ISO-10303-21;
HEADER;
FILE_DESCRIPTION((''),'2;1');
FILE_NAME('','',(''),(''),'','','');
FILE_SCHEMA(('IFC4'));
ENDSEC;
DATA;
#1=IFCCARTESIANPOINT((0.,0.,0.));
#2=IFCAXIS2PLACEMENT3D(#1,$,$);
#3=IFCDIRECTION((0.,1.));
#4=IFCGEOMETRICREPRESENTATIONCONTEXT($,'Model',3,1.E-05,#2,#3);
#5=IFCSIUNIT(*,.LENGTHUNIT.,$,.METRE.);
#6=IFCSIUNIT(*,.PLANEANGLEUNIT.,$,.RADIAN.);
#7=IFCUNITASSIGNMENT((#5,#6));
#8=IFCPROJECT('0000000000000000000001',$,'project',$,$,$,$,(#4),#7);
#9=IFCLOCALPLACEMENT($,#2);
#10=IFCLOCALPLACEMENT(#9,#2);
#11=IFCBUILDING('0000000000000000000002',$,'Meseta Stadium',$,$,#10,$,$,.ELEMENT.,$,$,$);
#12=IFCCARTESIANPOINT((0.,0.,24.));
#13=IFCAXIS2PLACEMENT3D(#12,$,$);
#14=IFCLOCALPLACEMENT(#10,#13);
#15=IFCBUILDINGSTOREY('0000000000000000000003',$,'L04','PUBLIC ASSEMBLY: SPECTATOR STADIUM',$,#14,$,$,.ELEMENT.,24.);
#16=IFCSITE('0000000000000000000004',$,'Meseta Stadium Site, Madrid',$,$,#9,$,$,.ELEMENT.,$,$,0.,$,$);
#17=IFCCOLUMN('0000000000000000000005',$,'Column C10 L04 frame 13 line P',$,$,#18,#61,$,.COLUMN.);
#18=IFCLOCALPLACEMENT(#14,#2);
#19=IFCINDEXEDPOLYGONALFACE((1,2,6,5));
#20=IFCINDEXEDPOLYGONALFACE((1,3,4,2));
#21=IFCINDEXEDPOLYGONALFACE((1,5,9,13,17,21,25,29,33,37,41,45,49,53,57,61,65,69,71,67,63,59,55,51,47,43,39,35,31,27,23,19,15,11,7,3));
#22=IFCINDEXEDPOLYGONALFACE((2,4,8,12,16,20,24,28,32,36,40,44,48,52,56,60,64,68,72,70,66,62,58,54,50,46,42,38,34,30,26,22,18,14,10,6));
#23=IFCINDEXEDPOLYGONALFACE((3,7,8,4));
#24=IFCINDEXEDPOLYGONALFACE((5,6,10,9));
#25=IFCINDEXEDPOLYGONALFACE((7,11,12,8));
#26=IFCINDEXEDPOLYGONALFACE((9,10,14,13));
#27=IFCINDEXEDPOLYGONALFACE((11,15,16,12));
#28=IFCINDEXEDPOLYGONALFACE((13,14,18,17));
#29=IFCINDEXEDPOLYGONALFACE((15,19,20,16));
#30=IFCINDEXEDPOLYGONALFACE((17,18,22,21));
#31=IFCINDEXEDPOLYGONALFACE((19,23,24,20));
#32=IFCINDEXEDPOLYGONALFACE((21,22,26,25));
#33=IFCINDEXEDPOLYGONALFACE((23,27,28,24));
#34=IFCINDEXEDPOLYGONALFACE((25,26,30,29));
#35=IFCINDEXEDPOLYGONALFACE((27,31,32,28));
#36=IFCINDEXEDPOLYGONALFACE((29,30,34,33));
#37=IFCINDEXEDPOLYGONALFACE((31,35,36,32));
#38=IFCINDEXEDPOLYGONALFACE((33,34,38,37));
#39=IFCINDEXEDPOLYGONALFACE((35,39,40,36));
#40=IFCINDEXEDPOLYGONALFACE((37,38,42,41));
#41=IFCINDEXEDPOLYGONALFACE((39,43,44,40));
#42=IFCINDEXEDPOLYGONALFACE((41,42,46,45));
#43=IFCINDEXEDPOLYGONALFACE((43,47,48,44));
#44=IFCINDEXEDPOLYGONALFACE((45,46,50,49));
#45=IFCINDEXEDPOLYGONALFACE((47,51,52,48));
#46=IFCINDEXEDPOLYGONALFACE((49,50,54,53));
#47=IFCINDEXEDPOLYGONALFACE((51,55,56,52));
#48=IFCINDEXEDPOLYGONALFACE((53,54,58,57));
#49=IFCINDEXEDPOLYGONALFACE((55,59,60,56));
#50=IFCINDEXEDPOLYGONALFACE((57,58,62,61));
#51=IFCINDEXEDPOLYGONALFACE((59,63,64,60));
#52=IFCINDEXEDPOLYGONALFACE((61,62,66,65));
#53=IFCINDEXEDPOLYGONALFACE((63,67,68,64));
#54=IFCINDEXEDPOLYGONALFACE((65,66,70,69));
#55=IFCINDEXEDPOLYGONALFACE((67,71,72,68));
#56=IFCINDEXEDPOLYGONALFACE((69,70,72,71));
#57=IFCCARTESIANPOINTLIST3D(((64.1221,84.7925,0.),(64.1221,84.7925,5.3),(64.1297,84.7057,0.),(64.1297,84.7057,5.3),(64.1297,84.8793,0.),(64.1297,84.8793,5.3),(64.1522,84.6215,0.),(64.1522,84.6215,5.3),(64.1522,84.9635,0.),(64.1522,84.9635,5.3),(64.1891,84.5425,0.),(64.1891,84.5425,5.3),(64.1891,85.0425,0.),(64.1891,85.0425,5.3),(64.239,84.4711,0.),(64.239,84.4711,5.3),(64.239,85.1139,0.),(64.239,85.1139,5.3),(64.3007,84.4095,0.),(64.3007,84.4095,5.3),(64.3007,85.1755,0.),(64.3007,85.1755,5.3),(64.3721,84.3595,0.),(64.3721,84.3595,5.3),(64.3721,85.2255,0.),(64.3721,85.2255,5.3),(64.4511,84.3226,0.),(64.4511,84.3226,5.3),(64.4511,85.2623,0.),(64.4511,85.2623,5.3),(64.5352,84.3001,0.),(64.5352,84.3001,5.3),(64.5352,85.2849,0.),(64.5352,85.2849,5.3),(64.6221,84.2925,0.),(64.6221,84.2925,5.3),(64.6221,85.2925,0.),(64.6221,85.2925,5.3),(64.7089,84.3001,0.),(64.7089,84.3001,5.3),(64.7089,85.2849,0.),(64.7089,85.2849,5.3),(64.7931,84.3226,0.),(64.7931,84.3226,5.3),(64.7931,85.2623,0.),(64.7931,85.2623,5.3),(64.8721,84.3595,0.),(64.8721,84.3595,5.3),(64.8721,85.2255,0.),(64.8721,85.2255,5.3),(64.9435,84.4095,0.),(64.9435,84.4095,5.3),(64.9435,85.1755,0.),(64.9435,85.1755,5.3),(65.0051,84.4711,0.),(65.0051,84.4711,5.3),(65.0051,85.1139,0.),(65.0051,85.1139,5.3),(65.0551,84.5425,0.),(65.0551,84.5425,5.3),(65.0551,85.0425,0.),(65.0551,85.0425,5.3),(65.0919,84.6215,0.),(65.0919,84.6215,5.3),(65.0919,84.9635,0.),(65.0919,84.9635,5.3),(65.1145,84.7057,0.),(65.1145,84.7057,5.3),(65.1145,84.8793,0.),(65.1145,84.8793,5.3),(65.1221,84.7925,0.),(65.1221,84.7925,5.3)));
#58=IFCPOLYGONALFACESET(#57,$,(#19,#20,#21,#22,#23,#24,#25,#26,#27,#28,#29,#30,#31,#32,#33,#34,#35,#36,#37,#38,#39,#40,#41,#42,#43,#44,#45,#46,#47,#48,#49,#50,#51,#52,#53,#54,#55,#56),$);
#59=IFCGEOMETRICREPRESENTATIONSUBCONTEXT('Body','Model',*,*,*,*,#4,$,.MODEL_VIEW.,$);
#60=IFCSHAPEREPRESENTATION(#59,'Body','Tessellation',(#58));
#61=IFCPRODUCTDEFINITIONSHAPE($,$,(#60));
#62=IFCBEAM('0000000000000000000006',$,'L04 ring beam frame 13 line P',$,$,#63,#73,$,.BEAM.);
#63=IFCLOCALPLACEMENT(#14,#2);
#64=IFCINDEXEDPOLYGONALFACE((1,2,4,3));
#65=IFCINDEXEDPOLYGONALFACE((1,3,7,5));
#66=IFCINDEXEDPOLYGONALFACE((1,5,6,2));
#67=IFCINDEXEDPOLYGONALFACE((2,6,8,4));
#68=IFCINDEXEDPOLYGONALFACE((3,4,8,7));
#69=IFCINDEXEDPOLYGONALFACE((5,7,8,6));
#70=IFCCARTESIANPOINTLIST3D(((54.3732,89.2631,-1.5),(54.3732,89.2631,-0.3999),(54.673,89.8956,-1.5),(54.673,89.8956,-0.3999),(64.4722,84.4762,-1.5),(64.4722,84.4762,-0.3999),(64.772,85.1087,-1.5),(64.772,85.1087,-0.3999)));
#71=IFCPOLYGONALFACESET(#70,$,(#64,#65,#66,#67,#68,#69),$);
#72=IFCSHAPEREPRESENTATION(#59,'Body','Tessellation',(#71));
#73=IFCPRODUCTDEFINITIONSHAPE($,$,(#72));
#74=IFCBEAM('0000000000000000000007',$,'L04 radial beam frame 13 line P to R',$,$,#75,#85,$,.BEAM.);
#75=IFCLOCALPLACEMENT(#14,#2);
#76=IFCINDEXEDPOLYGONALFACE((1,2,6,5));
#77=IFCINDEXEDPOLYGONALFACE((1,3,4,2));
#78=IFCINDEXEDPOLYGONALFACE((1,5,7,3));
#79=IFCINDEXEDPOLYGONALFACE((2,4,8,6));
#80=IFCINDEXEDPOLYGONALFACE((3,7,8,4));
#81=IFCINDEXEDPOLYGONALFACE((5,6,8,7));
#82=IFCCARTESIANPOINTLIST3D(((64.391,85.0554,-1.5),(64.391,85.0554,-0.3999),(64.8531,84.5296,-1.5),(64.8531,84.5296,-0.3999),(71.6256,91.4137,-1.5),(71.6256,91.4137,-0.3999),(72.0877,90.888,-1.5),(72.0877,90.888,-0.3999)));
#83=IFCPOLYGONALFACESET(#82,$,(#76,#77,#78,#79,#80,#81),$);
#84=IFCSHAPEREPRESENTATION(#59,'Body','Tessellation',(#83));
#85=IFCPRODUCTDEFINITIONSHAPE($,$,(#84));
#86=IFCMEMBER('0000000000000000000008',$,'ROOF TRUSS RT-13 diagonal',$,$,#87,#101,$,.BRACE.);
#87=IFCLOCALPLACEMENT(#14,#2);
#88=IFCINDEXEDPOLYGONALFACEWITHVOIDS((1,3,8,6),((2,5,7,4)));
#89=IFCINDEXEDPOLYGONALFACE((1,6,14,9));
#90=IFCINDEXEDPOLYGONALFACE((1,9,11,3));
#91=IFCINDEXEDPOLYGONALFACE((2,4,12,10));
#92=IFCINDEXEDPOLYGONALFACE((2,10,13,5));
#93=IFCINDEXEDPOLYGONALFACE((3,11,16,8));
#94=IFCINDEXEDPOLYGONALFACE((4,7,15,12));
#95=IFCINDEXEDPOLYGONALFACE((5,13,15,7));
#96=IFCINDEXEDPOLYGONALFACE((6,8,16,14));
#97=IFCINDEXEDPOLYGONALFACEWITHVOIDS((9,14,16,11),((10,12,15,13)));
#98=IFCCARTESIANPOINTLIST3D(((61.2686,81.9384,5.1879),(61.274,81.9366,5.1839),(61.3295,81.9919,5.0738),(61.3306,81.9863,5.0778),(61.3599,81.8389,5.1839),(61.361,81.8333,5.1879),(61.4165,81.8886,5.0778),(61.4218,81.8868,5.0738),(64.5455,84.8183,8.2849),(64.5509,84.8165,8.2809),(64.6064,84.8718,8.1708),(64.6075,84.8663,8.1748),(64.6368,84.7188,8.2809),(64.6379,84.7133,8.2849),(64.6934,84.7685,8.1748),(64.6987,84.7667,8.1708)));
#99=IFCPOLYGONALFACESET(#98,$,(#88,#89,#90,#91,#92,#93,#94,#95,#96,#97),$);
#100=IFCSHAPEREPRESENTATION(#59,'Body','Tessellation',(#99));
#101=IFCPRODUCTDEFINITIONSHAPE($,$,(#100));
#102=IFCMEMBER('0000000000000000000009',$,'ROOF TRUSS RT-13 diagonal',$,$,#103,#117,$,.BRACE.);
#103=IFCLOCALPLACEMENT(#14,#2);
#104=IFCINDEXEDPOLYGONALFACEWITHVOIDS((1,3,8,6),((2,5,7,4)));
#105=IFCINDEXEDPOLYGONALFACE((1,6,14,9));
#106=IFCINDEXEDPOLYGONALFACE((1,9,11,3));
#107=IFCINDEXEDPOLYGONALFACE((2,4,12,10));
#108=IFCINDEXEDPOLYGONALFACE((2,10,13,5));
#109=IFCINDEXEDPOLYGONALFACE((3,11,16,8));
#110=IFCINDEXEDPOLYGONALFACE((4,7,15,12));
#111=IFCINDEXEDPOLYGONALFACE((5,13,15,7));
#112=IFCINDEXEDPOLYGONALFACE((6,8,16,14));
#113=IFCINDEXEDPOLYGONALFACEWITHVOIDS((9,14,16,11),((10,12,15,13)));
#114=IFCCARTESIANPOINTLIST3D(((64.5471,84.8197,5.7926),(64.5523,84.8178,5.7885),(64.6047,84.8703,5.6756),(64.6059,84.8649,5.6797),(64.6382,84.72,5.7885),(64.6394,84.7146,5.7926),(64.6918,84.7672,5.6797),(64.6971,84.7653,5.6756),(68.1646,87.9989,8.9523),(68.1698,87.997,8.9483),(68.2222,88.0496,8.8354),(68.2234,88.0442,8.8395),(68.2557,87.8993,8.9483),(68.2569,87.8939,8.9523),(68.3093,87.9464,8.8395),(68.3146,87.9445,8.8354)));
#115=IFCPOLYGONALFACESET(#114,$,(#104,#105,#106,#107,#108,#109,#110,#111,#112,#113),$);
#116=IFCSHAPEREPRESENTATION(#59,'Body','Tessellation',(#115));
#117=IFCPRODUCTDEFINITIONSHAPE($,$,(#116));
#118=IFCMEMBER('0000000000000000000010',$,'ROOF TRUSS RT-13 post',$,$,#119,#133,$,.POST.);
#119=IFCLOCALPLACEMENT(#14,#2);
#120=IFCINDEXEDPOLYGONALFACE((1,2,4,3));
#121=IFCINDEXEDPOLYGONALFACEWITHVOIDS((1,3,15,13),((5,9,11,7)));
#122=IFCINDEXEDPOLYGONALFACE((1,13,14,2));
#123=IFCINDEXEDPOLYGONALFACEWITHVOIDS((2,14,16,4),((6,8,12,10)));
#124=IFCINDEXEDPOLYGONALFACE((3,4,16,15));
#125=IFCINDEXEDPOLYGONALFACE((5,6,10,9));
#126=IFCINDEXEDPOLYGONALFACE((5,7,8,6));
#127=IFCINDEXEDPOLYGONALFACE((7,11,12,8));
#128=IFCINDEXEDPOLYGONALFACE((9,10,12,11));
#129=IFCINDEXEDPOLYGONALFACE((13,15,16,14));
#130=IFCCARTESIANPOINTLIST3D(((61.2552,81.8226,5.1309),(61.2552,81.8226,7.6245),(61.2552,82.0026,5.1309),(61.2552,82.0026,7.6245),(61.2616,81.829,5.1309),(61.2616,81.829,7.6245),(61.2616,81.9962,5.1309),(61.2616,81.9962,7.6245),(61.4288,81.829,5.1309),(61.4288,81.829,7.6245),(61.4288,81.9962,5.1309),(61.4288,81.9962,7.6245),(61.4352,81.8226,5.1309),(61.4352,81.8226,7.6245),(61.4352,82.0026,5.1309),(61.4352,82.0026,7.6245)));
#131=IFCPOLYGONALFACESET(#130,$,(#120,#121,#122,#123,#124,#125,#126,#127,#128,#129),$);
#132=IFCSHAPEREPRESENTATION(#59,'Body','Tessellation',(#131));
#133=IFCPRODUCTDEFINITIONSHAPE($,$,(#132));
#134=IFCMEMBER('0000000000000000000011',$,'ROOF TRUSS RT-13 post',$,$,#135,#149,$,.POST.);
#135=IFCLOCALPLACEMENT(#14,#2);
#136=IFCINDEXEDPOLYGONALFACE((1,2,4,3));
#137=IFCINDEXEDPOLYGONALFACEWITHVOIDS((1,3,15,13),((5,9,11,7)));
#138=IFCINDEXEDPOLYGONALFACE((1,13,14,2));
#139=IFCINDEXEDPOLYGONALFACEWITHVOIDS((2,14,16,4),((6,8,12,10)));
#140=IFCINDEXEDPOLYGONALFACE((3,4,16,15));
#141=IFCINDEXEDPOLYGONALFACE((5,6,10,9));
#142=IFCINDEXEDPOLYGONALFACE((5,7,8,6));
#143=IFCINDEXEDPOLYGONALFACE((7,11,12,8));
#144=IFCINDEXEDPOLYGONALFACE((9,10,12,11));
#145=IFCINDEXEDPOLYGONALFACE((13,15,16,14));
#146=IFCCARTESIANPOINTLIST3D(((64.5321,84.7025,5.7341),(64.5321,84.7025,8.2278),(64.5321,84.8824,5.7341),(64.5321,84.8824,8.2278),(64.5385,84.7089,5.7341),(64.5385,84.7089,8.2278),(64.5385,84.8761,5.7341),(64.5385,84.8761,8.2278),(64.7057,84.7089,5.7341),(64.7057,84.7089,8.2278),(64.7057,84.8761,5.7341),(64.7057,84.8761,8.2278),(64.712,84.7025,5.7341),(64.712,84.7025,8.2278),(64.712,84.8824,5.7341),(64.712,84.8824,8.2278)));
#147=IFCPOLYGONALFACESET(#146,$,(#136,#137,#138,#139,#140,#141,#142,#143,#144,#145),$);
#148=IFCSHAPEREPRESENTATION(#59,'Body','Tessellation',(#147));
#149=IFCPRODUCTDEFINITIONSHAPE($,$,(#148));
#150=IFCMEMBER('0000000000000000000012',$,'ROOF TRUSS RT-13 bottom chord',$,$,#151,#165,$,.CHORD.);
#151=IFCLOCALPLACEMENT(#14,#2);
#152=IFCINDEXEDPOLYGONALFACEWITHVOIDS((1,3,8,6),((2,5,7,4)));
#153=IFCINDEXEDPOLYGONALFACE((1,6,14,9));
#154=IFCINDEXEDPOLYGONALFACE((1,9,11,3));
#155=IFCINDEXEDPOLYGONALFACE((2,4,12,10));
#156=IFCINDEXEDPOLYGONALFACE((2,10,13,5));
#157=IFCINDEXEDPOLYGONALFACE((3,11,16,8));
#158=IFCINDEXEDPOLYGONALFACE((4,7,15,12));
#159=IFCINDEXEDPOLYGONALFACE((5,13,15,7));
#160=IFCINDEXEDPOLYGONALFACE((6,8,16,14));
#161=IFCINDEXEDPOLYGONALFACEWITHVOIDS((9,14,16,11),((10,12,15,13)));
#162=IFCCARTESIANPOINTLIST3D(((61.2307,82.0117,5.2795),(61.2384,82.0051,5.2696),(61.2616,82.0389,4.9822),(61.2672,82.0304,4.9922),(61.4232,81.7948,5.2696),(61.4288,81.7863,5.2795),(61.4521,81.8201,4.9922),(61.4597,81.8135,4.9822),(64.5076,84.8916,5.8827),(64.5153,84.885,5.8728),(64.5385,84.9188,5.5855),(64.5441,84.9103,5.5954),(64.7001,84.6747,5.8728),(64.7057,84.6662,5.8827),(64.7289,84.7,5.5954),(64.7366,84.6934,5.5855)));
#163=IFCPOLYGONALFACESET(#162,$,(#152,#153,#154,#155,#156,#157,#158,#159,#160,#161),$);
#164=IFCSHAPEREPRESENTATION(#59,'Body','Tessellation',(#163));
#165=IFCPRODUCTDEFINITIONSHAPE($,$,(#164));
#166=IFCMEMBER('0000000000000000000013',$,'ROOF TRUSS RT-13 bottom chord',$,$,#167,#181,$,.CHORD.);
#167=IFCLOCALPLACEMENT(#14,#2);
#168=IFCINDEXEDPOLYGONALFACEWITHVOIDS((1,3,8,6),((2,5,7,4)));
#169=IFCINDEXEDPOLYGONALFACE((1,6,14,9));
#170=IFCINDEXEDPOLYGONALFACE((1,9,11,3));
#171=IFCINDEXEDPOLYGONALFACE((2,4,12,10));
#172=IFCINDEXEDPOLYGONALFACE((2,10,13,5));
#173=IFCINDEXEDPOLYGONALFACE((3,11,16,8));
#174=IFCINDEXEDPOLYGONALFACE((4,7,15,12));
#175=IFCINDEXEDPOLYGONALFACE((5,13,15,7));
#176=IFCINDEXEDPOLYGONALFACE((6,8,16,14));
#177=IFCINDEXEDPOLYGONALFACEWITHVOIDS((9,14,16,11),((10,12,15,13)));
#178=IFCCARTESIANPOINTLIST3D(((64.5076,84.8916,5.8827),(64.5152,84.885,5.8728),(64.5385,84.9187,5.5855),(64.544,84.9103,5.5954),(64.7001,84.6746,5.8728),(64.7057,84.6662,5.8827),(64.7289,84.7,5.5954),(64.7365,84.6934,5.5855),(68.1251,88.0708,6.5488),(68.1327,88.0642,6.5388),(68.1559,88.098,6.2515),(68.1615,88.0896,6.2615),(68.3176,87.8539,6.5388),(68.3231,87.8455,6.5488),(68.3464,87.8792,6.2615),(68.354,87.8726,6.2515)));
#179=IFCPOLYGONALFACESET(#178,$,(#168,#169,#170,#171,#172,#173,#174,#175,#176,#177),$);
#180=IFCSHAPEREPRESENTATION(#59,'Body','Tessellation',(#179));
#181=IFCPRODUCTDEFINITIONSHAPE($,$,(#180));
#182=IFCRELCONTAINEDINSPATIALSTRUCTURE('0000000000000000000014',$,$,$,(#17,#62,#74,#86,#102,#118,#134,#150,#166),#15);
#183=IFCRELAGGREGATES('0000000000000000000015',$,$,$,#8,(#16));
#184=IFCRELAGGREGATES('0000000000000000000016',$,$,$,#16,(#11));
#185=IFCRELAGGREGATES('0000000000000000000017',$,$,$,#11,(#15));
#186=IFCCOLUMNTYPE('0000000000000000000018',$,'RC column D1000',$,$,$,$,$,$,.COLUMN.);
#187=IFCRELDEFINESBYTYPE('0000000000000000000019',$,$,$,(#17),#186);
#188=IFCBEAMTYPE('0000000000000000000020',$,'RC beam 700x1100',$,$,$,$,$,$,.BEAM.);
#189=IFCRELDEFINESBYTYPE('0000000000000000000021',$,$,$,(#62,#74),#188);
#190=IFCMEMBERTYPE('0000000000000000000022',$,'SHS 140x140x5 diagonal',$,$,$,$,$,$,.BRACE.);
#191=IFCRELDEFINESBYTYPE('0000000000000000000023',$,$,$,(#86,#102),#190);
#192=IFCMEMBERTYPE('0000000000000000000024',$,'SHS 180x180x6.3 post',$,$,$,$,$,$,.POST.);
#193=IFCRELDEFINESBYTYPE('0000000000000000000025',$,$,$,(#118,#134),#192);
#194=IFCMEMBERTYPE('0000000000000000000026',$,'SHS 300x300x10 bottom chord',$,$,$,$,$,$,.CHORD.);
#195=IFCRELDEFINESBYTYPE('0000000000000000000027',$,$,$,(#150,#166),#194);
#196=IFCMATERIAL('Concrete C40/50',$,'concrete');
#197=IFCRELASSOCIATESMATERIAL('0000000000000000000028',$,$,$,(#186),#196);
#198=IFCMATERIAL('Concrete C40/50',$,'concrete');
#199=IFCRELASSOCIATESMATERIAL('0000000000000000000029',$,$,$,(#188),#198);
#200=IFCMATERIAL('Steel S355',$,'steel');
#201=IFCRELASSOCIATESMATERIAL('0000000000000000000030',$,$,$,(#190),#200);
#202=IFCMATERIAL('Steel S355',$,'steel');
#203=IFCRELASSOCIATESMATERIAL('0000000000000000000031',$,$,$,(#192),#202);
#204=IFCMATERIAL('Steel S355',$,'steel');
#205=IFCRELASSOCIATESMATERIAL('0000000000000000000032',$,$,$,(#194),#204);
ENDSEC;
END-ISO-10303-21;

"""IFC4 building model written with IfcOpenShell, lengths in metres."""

from ifc_helpers import new_model, si_unit, direction, frame, origin, origin_2d, place, context, subcontext, project, spatial, rectangle, hollow_rectangle, circle, extrude, material, material_profile, profile_set, type_object, element, save


model = new_model("IFC4")

# Units and contexts
model_context = context("Model", 3, precision=1e-05, world=origin(), true_north=direction((0.0, 1.0)))
body_context = subcontext(model_context, "Body", "Model", "MODEL_VIEW")
ifc_project = project(units=[si_unit("LENGTHUNIT", "METRE"), si_unit("PLANEANGLEUNIT", "RADIAN")], contexts=[model_context])

# Site, building, storey
site_placement = place(None, origin())
site = spatial("IfcSite", under=ifc_project, at=site_placement, Name="Meseta Stadium Site, Madrid", CompositionType="ELEMENT", RefElevation=0.0)
building_placement = place(site_placement, origin())
building = spatial("IfcBuilding", under=site, at=building_placement, Name="Meseta Stadium", CompositionType="ELEMENT")
storey_placement = place(building_placement, frame((0.0, 0.0, 24.0)))
storey = spatial("IfcBuildingStorey", under=building, at=storey_placement, Name="L04", Description="PUBLIC ASSEMBLY: SPECTATOR STADIUM", CompositionType="ELEMENT", Elevation=24.0)

# Column
ifc_material_1 = material(Name="Concrete C40/50", Category="concrete")
ifc_material_profile_1 = material_profile(ifc_material_1, circle(Radius=0.5, at=origin_2d()), Name="RC D1000")
ifc_profile_set_1 = profile_set([ifc_material_profile_1], Name="Concrete C40/50")
column_type = type_object("IfcColumnType", Name="RC column D1000", PredefinedType="COLUMN", material=ifc_profile_set_1)
column_placement = place(storey_placement, frame((64.6221, 84.7925, 0.0), z_axis=(0.0, 0.0, 1.0), x_axis=(1.0, 0.0, 0.0)))
element("IfcColumn", 1, at=column_placement, inside=storey, type_object=column_type, Name="Column C10 L04 frame 13 line P", PredefinedType="COLUMN", context=body_context, shape_type="SweptSolid", body=[
    extrude(circle(Radius=0.5, at=origin_2d()), origin(), (0.0, 0.0, 1.0), 5.3),
])

# Beams
ifc_material_2 = material(Name="Concrete C40/50", Category="concrete")
ifc_material_profile_2 = material_profile(ifc_material_2, rectangle(XDim=0.7, YDim=1.1001, at=origin_2d()), Name="RC 700x1100")
ifc_profile_set_2 = profile_set([ifc_material_profile_2], Name="Concrete C40/50")
beam_type = type_object("IfcBeamType", Name="RC beam 700x1100", PredefinedType="BEAM", material=ifc_profile_set_2)
beam_1_placement = place(storey_placement, frame((64.6221, 84.7925, -0.95), z_axis=(-0.903627, 0.428319, 0.0), x_axis=(-0.428319, -0.903627, 0.0)))
element("IfcBeam", 2, at=beam_1_placement, inside=storey, type_object=beam_type, Name="L04 ring beam frame 13 line P", PredefinedType="BEAM", context=body_context, shape_type="SweptSolid", body=[
    extrude(rectangle(XDim=0.7, YDim=1.1001, at=origin_2d()), origin(), (0.0, 0.0, 1.0), 11.176),
])
beam_2_placement = place(storey_placement, frame((64.6221, 84.7925, -0.95), z_axis=(0.751129, 0.660156, 0.0), x_axis=(-0.660156, 0.751129, 0.0)))
element("IfcBeam", 3, at=beam_2_placement, inside=storey, type_object=beam_type, Name="L04 radial beam frame 13 line P to R", PredefinedType="BEAM", context=body_context, shape_type="SweptSolid", body=[
    extrude(rectangle(XDim=0.7, YDim=1.1001, at=origin_2d()), origin(), (0.0, 0.0, 1.0), 9.6316),
])

# Members
ifc_material_3 = material(Name="Steel S355", Category="steel")
ifc_material_profile_3 = material_profile(ifc_material_3, hollow_rectangle(XDim=0.1399, YDim=0.1399, WallThickness=0.0049, at=origin_2d()), Name="SHS 140x140x5")
ifc_profile_set_3 = profile_set([ifc_material_profile_3], Name="Steel S355")
member_type_1 = type_object("IfcMemberType", Name="SHS 140x140x5 diagonal", PredefinedType="BRACE", material=ifc_profile_set_3)
member_1_placement = place(storey_placement, frame((61.3452, 81.9126, 5.1309), z_axis=(0.612497, 0.538296, 0.578865), x_axis=(-0.660143, 0.75114, 0.0)))
element("IfcMember", 4, at=member_1_placement, inside=storey, type_object=member_type_1, Name="ROOF TRUSS RT-13 diagonal", PredefinedType="BRACE", context=body_context, shape_type="SweptSolid", body=[
    extrude(hollow_rectangle(XDim=0.1399, YDim=0.1399, WallThickness=0.0049, at=origin_2d()), origin(), (0.0, 0.0, 1.0), 5.3501),
])
member_2_placement = place(storey_placement, frame((64.6221, 84.7925, 5.7341), z_axis=(0.628036, 0.551952, 0.548562), x_axis=(-0.660143, 0.75114, 0.0)))
element("IfcMember", 5, at=member_2_placement, inside=storey, type_object=member_type_1, Name="ROOF TRUSS RT-13 diagonal", PredefinedType="BRACE", context=body_context, shape_type="SweptSolid", body=[
    extrude(hollow_rectangle(XDim=0.1399, YDim=0.1399, WallThickness=0.0049, at=origin_2d()), origin(), (0.0, 0.0, 1.0), 5.76),
])
ifc_material_4 = material(Name="Steel S355", Category="steel")
ifc_material_profile_4 = material_profile(ifc_material_4, hollow_rectangle(XDim=0.1799, YDim=0.1799, WallThickness=0.0063, at=origin_2d()), Name="SHS 180x180x6.3")
ifc_profile_set_4 = profile_set([ifc_material_profile_4], Name="Steel S355")
member_type_2 = type_object("IfcMemberType", Name="SHS 180x180x6.3 post", PredefinedType="POST", material=ifc_profile_set_4)
for number, where, z_axis, x_axis, name in (
    (6, (61.3452, 81.9126, 5.1309), (0.0, 0.0, 1.0), (1.0, 0.0, 0.0), "ROOF TRUSS RT-13 post"),
    (7, (64.6221, 84.7925, 5.7341), (0.0, 0.0, 1.0), (1.0, 0.0, 0.0), "ROOF TRUSS RT-13 post"),
):
    element("IfcMember", number, at=place(storey_placement, frame(where, z_axis=z_axis, x_axis=x_axis)), inside=storey, type_object=member_type_2, Name=name, PredefinedType="POST", context=body_context, shape_type="SweptSolid", body=[
        extrude(hollow_rectangle(XDim=0.1799, YDim=0.1799, WallThickness=0.0063, at=origin_2d()), origin(), (0.0, 0.0, 1.0), 2.4937),
    ])
ifc_material_5 = material(Name="Steel S355", Category="steel")
ifc_material_profile_5 = material_profile(ifc_material_5, hollow_rectangle(XDim=0.3, YDim=0.3, WallThickness=0.01, at=origin_2d()), Name="SHS 300x300x10")
ifc_profile_set_5 = profile_set([ifc_material_profile_5], Name="Steel S355")
member_type_3 = type_object("IfcMemberType", Name="SHS 300x300x10 bottom chord", PredefinedType="CHORD", material=ifc_profile_set_5)
member_3_placement = place(storey_placement, frame((61.3452, 81.9126, 5.1309), z_axis=(0.744059, 0.653921, 0.136982), x_axis=(-0.660143, 0.75114, 0.0)))
element("IfcMember", 8, at=member_3_placement, inside=storey, type_object=member_type_3, Name="ROOF TRUSS RT-13 bottom chord", PredefinedType="CHORD", context=body_context, shape_type="SweptSolid", body=[
    extrude(hollow_rectangle(XDim=0.3, YDim=0.3, WallThickness=0.01, at=origin_2d()), origin(), (0.0, 0.0, 1.0), 4.4041),
])
member_4_placement = place(storey_placement, frame((64.6221, 84.7925, 5.7341), z_axis=(0.744058, 0.65392, 0.136991), x_axis=(-0.660143, 0.75114, 0.0)))
element("IfcMember", 9, at=member_4_placement, inside=storey, type_object=member_type_3, Name="ROOF TRUSS RT-13 bottom chord", PredefinedType="CHORD", context=body_context, shape_type="SweptSolid", body=[
    extrude(hollow_rectangle(XDim=0.3, YDim=0.3, WallThickness=0.01, at=origin_2d()), origin(), (0.0, 0.0, 1.0), 4.8618),
])

save(model, "model.ifc")
